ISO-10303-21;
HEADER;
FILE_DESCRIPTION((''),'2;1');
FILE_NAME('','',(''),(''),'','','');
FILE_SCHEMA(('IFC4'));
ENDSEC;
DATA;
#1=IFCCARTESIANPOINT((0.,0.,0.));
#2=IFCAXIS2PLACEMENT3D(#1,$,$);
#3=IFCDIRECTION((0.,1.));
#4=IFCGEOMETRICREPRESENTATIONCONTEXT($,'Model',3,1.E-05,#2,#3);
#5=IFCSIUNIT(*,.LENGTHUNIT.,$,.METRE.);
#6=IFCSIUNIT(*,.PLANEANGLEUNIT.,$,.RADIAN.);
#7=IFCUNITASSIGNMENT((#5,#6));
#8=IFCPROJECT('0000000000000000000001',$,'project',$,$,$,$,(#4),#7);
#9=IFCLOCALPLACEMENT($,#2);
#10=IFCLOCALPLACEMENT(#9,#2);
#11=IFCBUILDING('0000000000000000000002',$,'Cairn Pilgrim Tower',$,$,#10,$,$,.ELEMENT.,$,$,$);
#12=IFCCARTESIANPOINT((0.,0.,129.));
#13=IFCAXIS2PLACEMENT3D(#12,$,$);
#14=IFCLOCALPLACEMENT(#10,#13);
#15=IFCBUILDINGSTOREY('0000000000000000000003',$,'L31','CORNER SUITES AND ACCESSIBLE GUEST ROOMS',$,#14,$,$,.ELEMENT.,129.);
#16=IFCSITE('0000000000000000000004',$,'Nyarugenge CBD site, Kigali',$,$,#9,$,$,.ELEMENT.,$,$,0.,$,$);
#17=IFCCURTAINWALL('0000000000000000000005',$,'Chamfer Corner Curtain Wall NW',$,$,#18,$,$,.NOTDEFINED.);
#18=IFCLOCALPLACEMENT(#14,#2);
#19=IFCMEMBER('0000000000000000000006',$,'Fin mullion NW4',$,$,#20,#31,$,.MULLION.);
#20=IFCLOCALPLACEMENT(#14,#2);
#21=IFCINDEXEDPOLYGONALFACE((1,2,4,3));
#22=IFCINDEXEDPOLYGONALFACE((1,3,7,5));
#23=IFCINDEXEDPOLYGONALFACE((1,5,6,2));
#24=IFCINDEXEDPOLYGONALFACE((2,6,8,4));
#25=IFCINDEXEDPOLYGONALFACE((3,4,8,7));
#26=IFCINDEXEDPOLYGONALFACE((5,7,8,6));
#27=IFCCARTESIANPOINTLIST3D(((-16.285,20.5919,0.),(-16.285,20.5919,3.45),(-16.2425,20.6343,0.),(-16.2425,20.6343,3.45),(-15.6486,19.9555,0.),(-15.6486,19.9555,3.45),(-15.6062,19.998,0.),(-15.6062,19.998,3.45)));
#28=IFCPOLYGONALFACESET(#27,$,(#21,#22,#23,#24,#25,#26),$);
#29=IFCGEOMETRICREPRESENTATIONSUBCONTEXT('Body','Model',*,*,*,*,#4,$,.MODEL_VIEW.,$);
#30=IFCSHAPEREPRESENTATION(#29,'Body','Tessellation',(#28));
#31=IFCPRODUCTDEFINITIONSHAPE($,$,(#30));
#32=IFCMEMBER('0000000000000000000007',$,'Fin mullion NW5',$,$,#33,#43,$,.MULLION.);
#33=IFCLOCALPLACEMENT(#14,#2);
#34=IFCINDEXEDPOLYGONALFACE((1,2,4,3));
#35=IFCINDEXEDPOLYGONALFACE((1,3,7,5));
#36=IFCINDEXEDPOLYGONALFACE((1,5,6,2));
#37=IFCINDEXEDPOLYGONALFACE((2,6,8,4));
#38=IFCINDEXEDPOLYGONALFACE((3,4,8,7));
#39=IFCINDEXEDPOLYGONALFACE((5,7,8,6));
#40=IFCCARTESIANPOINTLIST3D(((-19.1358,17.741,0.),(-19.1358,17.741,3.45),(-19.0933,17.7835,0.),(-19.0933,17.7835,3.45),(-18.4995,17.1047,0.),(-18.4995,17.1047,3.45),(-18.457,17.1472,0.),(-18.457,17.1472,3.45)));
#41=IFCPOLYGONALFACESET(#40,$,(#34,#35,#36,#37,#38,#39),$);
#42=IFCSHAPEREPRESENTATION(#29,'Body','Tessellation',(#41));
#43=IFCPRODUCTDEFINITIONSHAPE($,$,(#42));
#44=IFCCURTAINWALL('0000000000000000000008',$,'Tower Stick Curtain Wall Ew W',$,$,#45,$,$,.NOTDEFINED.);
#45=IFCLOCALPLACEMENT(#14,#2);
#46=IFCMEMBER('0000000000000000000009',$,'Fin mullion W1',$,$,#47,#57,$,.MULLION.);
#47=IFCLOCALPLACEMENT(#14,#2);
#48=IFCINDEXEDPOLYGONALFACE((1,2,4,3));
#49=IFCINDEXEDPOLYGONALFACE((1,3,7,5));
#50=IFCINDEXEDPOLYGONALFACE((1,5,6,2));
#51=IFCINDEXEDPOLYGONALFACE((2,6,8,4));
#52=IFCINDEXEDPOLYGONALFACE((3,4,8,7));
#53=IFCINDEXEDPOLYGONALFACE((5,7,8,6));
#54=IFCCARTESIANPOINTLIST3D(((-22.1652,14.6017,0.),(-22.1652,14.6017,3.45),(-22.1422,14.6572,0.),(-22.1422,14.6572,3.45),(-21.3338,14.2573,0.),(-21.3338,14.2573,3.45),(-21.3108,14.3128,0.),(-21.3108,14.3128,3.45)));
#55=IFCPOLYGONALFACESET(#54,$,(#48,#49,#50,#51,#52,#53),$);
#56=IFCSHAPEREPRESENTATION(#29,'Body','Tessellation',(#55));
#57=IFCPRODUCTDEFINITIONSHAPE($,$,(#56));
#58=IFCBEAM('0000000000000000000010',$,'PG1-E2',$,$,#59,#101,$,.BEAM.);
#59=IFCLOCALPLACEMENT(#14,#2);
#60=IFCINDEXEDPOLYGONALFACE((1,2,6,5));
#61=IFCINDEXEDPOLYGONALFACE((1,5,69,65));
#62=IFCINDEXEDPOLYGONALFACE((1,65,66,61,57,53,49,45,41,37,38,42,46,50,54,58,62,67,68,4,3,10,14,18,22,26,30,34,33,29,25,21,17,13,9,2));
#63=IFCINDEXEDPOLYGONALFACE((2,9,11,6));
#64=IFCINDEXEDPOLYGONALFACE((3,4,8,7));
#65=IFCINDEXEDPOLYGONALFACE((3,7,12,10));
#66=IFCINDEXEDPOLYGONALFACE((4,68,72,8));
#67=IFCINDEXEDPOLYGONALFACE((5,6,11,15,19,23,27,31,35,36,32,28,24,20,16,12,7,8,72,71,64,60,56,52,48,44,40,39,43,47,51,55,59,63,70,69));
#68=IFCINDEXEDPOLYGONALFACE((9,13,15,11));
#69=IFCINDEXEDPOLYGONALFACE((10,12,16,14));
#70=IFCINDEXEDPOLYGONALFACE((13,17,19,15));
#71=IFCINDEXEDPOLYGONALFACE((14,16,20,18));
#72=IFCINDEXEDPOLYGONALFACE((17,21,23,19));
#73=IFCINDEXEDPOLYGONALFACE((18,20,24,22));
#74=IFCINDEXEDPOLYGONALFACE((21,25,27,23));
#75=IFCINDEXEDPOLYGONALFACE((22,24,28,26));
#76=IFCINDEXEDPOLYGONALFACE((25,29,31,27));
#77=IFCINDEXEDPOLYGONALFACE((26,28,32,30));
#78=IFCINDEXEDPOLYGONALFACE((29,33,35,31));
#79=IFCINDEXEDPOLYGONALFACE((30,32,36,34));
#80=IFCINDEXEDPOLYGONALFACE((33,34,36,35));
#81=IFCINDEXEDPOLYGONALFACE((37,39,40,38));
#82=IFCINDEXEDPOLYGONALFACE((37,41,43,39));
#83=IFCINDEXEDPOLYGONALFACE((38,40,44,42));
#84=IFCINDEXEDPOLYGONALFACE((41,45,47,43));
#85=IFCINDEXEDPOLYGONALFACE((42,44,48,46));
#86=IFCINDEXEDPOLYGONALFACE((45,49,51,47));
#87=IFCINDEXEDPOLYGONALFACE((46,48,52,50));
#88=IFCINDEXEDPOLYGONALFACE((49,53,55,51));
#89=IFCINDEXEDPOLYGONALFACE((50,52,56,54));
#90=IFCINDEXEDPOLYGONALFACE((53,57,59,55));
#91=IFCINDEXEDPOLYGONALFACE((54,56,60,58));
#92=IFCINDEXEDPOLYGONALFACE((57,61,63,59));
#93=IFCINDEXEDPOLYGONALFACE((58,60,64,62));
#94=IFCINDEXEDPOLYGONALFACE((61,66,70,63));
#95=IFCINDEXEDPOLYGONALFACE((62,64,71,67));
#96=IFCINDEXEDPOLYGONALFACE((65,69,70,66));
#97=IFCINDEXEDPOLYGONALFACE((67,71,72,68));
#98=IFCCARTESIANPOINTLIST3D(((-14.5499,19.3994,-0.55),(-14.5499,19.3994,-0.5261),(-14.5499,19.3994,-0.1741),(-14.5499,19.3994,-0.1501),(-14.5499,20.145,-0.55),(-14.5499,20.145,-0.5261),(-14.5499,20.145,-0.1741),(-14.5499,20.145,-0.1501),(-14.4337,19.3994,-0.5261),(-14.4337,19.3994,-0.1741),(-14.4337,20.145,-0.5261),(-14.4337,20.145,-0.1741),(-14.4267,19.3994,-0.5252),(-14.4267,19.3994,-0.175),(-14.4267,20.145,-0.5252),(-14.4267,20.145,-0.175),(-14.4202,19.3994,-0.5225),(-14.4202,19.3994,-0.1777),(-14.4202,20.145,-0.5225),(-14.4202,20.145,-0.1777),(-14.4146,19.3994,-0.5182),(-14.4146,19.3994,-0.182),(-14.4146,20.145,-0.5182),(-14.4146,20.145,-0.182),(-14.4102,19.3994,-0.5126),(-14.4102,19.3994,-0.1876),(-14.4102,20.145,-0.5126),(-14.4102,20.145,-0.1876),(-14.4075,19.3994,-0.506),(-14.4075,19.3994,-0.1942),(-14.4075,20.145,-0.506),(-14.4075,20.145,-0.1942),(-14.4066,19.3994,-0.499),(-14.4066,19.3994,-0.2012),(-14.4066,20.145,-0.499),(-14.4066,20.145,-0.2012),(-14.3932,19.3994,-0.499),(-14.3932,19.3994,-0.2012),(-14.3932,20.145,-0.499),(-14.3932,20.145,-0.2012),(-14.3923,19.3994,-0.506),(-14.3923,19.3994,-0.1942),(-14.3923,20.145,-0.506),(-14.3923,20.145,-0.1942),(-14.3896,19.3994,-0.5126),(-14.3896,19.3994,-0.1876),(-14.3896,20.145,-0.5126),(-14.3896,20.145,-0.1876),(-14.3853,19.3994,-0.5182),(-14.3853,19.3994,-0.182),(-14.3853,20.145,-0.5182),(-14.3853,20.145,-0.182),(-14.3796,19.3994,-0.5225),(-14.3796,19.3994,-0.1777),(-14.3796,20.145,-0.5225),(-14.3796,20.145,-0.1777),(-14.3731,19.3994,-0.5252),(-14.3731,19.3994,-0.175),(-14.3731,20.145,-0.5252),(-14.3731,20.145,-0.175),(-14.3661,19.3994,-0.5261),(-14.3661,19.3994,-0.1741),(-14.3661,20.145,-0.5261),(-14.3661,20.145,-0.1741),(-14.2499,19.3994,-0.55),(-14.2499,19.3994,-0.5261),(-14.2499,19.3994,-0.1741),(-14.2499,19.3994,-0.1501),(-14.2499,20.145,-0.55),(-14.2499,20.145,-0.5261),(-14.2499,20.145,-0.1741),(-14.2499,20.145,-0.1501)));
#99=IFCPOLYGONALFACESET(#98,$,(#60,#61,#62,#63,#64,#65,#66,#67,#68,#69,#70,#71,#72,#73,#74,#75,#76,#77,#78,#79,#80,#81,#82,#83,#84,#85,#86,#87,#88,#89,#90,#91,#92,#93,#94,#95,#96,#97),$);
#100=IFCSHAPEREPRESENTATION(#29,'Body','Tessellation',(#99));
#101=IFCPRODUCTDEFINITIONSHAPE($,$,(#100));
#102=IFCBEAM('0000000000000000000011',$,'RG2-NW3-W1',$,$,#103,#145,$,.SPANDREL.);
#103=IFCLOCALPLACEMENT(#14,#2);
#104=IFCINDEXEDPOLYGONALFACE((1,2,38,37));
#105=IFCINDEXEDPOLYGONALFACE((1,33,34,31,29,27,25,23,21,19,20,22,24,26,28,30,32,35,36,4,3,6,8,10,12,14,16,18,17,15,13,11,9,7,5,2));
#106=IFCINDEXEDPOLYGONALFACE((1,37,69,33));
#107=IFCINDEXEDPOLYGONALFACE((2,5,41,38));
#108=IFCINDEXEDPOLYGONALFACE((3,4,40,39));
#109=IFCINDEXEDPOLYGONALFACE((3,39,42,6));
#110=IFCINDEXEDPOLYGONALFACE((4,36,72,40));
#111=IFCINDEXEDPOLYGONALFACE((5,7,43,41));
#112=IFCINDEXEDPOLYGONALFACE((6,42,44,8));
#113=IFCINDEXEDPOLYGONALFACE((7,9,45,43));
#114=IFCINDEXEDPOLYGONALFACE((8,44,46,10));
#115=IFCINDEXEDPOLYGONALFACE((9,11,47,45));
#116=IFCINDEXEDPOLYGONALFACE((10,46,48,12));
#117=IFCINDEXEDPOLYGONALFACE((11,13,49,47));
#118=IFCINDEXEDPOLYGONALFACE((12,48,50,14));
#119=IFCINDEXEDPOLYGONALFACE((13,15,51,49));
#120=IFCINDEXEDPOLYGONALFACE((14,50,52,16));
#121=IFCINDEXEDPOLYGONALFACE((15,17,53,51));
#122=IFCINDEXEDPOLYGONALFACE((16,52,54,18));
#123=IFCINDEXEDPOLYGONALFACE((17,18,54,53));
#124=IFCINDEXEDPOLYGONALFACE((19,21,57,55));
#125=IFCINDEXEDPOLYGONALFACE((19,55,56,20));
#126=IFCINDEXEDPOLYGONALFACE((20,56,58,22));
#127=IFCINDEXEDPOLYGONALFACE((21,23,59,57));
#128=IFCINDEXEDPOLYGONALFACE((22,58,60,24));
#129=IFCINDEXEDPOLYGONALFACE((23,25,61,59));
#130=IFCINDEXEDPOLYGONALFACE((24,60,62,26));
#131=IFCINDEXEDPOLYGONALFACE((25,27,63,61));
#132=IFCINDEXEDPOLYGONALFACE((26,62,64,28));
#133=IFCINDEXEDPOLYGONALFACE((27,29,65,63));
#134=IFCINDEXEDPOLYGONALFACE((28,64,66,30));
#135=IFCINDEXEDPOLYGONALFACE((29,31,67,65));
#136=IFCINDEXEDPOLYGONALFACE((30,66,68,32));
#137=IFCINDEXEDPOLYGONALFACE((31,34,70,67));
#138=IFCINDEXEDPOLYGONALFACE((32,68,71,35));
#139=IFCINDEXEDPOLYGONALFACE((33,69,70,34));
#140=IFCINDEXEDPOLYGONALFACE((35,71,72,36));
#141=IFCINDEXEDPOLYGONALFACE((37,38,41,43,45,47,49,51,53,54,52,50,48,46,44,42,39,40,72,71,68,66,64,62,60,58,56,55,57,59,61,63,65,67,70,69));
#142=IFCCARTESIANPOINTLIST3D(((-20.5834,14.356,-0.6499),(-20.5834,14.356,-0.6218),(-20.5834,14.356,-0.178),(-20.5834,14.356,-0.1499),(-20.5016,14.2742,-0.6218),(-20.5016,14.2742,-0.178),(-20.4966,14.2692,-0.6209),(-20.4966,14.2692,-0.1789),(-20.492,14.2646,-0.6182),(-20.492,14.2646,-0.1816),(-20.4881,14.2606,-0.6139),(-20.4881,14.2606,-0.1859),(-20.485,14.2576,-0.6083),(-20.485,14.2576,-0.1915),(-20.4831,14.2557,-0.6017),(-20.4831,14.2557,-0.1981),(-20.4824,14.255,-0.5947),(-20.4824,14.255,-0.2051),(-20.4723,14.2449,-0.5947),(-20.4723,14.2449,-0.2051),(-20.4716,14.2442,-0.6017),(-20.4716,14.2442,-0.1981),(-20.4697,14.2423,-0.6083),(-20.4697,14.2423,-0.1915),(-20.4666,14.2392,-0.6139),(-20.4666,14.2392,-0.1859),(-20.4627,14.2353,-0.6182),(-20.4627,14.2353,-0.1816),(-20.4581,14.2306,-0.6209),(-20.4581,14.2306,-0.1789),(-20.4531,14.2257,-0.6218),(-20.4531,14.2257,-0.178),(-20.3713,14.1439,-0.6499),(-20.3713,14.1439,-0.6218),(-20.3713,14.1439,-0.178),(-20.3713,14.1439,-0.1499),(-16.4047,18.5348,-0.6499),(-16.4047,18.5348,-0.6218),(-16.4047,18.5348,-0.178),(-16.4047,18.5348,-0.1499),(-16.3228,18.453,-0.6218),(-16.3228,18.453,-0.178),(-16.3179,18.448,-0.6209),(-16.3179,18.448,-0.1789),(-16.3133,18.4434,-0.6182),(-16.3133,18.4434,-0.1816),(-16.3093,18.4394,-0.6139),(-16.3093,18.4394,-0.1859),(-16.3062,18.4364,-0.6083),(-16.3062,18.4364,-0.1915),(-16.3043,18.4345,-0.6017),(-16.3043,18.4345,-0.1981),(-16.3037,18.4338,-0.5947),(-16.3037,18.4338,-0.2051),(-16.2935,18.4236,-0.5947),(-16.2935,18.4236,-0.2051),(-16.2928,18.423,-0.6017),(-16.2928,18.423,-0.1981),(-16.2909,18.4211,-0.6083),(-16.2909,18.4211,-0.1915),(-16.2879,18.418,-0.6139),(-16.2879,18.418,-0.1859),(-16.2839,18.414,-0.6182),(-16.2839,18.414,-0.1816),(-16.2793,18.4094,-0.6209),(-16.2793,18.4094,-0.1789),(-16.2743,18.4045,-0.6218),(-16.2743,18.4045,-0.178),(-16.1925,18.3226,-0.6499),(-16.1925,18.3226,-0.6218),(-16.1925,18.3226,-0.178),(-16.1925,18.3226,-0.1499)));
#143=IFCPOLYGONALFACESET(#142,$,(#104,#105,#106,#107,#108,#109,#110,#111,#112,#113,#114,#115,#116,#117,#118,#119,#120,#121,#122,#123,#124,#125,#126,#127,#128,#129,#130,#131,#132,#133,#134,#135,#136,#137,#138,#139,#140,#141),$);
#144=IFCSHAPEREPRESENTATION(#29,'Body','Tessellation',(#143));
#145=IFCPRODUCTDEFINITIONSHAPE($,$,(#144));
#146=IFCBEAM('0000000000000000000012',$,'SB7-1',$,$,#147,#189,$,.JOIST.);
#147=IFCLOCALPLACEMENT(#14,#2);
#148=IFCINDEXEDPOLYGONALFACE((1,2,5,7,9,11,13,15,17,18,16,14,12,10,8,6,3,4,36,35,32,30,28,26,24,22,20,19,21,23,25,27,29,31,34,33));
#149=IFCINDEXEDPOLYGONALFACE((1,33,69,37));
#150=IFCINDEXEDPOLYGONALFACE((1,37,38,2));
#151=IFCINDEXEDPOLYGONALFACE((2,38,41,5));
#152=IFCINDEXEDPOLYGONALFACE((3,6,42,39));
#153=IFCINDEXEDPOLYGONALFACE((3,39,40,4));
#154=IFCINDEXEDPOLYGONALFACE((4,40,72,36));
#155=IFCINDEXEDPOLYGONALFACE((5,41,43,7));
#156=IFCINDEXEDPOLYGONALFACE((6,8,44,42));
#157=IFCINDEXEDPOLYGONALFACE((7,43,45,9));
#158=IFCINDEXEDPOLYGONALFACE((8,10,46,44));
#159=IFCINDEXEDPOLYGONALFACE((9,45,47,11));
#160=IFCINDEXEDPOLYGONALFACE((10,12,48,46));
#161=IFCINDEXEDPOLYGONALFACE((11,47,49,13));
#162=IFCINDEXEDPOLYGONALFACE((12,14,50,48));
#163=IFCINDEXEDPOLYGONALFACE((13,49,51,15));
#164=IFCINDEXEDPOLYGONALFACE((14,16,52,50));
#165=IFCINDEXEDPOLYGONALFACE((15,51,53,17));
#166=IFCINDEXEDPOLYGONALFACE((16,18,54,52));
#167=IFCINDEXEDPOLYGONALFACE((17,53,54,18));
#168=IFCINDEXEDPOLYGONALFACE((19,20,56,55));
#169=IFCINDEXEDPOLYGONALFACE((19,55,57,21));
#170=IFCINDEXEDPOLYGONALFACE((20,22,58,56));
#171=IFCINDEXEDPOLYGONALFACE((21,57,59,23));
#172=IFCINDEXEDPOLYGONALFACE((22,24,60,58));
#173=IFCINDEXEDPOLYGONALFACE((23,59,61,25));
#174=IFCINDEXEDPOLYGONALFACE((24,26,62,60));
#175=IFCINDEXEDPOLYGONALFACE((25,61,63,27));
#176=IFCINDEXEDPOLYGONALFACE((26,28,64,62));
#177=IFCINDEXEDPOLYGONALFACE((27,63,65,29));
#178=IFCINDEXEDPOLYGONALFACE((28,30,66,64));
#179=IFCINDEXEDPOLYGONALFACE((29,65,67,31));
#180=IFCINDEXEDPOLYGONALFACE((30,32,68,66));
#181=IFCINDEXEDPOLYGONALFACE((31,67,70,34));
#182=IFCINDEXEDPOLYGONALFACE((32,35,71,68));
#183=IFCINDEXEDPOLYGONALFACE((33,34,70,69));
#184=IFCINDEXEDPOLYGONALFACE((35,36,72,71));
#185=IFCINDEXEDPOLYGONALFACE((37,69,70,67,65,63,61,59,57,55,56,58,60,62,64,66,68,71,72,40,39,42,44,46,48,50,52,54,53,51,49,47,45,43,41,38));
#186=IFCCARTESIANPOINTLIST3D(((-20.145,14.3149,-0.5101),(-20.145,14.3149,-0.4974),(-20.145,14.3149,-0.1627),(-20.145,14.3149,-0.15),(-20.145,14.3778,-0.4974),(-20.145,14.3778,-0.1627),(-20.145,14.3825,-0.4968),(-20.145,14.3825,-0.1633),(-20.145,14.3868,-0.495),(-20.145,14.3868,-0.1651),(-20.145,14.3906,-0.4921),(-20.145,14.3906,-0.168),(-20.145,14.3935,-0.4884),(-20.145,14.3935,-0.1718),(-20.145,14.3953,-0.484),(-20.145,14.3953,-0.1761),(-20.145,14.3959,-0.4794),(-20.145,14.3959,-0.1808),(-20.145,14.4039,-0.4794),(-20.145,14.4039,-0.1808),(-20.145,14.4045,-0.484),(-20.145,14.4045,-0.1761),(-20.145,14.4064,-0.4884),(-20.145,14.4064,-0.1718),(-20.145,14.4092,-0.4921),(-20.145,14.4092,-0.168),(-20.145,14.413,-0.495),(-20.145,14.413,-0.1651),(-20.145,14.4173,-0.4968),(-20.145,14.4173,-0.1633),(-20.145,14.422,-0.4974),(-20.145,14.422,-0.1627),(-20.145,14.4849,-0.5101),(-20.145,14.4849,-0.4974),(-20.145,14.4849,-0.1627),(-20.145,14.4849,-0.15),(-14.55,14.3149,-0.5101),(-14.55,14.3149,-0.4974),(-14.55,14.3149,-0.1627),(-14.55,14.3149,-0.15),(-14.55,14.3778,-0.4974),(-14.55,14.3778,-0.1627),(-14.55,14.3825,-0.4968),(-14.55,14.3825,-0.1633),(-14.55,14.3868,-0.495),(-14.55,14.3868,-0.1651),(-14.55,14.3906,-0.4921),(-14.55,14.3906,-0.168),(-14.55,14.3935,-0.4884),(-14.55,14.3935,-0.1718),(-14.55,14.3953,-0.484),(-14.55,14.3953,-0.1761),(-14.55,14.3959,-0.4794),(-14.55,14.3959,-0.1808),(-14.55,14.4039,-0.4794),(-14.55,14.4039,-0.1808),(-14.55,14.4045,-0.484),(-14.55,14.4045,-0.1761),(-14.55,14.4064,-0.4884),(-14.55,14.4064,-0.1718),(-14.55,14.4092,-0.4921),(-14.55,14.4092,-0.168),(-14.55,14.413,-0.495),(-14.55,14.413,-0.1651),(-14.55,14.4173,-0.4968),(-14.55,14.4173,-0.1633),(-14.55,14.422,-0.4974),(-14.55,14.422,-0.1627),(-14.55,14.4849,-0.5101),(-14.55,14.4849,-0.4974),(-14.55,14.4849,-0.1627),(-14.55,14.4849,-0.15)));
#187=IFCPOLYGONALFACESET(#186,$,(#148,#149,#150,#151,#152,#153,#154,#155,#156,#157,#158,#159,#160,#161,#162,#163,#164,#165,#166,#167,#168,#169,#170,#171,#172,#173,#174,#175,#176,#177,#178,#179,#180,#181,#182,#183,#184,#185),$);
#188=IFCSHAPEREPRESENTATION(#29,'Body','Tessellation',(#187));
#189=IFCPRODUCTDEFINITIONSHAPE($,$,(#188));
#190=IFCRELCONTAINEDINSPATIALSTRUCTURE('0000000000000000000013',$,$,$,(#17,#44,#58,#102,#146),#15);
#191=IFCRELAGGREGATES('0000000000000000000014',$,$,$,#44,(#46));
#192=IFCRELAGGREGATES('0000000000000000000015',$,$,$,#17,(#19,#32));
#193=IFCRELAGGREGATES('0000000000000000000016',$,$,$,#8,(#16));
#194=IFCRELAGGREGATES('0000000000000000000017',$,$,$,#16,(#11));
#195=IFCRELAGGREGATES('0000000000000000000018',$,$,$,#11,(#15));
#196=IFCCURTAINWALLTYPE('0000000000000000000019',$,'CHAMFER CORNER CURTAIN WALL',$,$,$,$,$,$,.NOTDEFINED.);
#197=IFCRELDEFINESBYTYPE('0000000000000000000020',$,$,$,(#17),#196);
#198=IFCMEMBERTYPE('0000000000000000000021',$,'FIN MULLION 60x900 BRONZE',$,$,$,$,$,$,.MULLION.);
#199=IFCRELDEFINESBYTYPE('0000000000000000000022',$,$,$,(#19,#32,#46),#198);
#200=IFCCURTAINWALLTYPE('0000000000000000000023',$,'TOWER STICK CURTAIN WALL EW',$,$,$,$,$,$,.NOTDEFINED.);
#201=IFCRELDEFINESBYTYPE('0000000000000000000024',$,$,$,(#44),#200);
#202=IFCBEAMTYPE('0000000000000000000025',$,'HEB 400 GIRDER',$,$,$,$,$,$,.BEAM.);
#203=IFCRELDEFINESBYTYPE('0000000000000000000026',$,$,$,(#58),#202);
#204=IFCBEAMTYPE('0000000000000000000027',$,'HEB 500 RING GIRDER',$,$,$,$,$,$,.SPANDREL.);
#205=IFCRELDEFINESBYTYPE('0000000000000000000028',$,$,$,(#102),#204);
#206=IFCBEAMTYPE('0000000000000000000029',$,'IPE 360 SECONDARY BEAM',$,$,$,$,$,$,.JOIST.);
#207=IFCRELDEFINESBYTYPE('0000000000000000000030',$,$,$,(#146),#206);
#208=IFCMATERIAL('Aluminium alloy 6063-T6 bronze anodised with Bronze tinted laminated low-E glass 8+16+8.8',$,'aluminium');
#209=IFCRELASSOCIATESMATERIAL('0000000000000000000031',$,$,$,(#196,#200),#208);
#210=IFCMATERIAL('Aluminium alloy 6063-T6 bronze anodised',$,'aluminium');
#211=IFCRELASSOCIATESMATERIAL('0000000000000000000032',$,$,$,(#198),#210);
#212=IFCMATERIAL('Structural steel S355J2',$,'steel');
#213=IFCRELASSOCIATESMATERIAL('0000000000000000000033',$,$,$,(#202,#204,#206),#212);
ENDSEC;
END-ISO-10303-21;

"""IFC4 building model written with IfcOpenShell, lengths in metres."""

from ifc_helpers import new_model, si_unit, direction, frame, origin, origin_2d, place, context, subcontext, project, spatial, rectangle, i_section, extrude, material, material_profile, profile_set, type_object, element, aggregate, save


model = new_model("IFC4")

# Units and contexts
model_context = context("Model", 3, precision=1e-05, world=origin(), true_north=direction((0.0, 1.0)))
body_context = subcontext(model_context, "Body", "Model", "MODEL_VIEW")
ifc_project = project(units=[si_unit("LENGTHUNIT", "METRE"), si_unit("PLANEANGLEUNIT", "RADIAN")], contexts=[model_context])

# Site, building, storey
site_placement = place(None, origin())
site = spatial("IfcSite", under=ifc_project, at=site_placement, Name="Nyarugenge CBD site, Kigali", CompositionType="ELEMENT", RefElevation=0.0)
building_placement = place(site_placement, origin())
building = spatial("IfcBuilding", under=site, at=building_placement, Name="Cairn Pilgrim Tower", CompositionType="ELEMENT")
storey_placement = place(building_placement, frame((0.0, 0.0, 129.0)))
storey = spatial("IfcBuildingStorey", under=building, at=storey_placement, Name="L31", Description="CORNER SUITES AND ACCESSIBLE GUEST ROOMS", CompositionType="ELEMENT", Elevation=129.0)

# Shared definitions
ifc_material_1 = material(Name="Structural steel S355J2", Category="steel")

# Curtain wall, members
ifc_material_2 = material(Name="Aluminium alloy 6063-T6 bronze anodised with Bronze tinted laminated low-E glass 8+16+8.8", Category="aluminium")
curtain_wall_type_1 = type_object("IfcCurtainWallType", Name="CHAMFER CORNER CURTAIN WALL", PredefinedType="NOTDEFINED", material=ifc_material_2)
curtain_wall_1_placement = place(storey_placement, origin())
curtain_wall_1 = element("IfcCurtainWall", 1, at=curtain_wall_1_placement, inside=storey, type_object=curtain_wall_type_1, Name="Chamfer Corner Curtain Wall NW", PredefinedType="NOTDEFINED")
ifc_material_3 = material(Name="Aluminium alloy 6063-T6 bronze anodised", Category="aluminium")
ifc_material_profile_1 = material_profile(ifc_material_3, rectangle(XDim=0.8999, YDim=0.0601, at=origin_2d()), Name="FIN MULLION 60x900 BRONZE")
ifc_profile_set_1 = profile_set([ifc_material_profile_1], Name="Aluminium alloy 6063-T6 bronze anodised")
member_type_1 = type_object("IfcMemberType", Name="FIN MULLION 60x900 BRONZE", PredefinedType="MULLION", material=ifc_profile_set_1)
member_1_placement = place(storey_placement, frame((-15.9456, 20.2949, 0.0), z_axis=(0.0, 0.0, 1.0), x_axis=(-0.707107, 0.707107, 0.0)))
member_1 = element("IfcMember", 2, at=member_1_placement, type_object=member_type_1, Name="Fin mullion NW4", PredefinedType="MULLION", context=body_context, shape_type="SweptSolid", body=[
    extrude(rectangle(XDim=0.8999, YDim=0.0601, at=origin_2d()), origin(), (0.0, 0.0, 1.0), 3.45),
])
member_2_placement = place(storey_placement, frame((-18.7964, 17.4441, 0.0), z_axis=(0.0, 0.0, 1.0), x_axis=(-0.707107, 0.707107, 0.0)))
member_2 = element("IfcMember", 3, at=member_2_placement, type_object=member_type_1, Name="Fin mullion NW5", PredefinedType="MULLION", context=body_context, shape_type="SweptSolid", body=[
    extrude(rectangle(XDim=0.8999, YDim=0.0601, at=origin_2d()), origin(), (0.0, 0.0, 1.0), 3.45),
])

# Curtain wall, member
curtain_wall_type_2 = type_object("IfcCurtainWallType", Name="TOWER STICK CURTAIN WALL EW", PredefinedType="NOTDEFINED", material=ifc_material_2)
curtain_wall_2_placement = place(storey_placement, origin())
curtain_wall_2 = element("IfcCurtainWall", 4, at=curtain_wall_2_placement, inside=storey, type_object=curtain_wall_type_2, Name="Tower Stick Curtain Wall Ew W", PredefinedType="NOTDEFINED")
member_3_placement = place(storey_placement, frame((-21.738, 14.4573, 0.0), z_axis=(0.0, 0.0, 1.0), x_axis=(-0.92388, 0.382683, 0.0)))
member_3 = element("IfcMember", 5, at=member_3_placement, type_object=member_type_1, Name="Fin mullion W1", PredefinedType="MULLION", context=body_context, shape_type="SweptSolid", body=[
    extrude(rectangle(XDim=0.8999, YDim=0.0601, at=origin_2d()), origin(), (0.0, 0.0, 1.0), 3.45),
])
aggregate(curtain_wall_2, [member_3])

# Beams
ifc_material_profile_2 = material_profile(ifc_material_1, i_section(OverallWidth=0.3, OverallDepth=0.3999, WebThickness=0.0134, FlangeThickness=0.0239, FilletRadius=0.0271, at=origin_2d()), Name="HEB 400")
ifc_profile_set_2 = profile_set([ifc_material_profile_2], Name="Structural steel S355J2")
beam_type_1 = type_object("IfcBeamType", Name="HEB 400 GIRDER", PredefinedType="BEAM", material=ifc_profile_set_2)
beam_1_placement = place(storey_placement, frame((-14.3999, 19.3994, -0.3501), z_axis=(0.0, 1.0, 0.0), x_axis=(-1.0, 0.0, 0.0)))
element("IfcBeam", 6, at=beam_1_placement, inside=storey, type_object=beam_type_1, Name="PG1-E2", PredefinedType="BEAM", context=body_context, shape_type="SweptSolid", body=[
    extrude(i_section(OverallWidth=0.3, OverallDepth=0.3999, WebThickness=0.0134, FlangeThickness=0.0239, FilletRadius=0.0271, at=origin_2d()), origin(), (0.0, 0.0, 1.0), 0.7456),
])
ifc_material_profile_3 = material_profile(ifc_material_1, i_section(OverallWidth=0.3, OverallDepth=0.5, WebThickness=0.0144, FlangeThickness=0.0281, FilletRadius=0.0271, at=origin_2d()), Name="HEB 500")
ifc_profile_set_3 = profile_set([ifc_material_profile_3], Name="Structural steel S355J2")
beam_type_2 = type_object("IfcBeamType", Name="HEB 500 RING GIRDER", PredefinedType="SPANDREL", material=ifc_profile_set_3)
beam_2_placement = place(storey_placement, frame((-16.2986, 18.4287, -0.3999), z_axis=(-0.707107, -0.707107, 0.0), x_axis=(0.707107, -0.707107, 0.0)))
element("IfcBeam", 7, at=beam_2_placement, inside=storey, type_object=beam_type_2, Name="RG2-NW3-W1", PredefinedType="SPANDREL", context=body_context, shape_type="SweptSolid", body=[
    extrude(i_section(OverallWidth=0.3, OverallDepth=0.5, WebThickness=0.0144, FlangeThickness=0.0281, FilletRadius=0.0271, at=origin_2d()), origin(), (0.0, 0.0, 1.0), 5.9097),
])
ifc_material_profile_4 = material_profile(ifc_material_1, i_section(OverallWidth=0.1699, OverallDepth=0.3601, WebThickness=0.0081, FlangeThickness=0.0127, FilletRadius=0.0181, at=origin_2d()), Name="IPE 360")
ifc_profile_set_4 = profile_set([ifc_material_profile_4], Name="Structural steel S355J2")
beam_type_3 = type_object("IfcBeamType", Name="IPE 360 SECONDARY BEAM", PredefinedType="JOIST", material=ifc_profile_set_4)
beam_3_placement = place(storey_placement, frame((-20.145, 14.3999, -0.3301), z_axis=(1.0, 0.0, 0.0), x_axis=(0.0, 1.0, 0.0)))
element("IfcBeam", 8, at=beam_3_placement, inside=storey, type_object=beam_type_3, Name="SB7-1", PredefinedType="JOIST", context=body_context, shape_type="SweptSolid", body=[
    extrude(i_section(OverallWidth=0.1699, OverallDepth=0.3601, WebThickness=0.0081, FlangeThickness=0.0127, FilletRadius=0.0181, at=origin_2d()), origin(), (0.0, 0.0, 1.0), 5.595),
])

aggregate(curtain_wall_1, [member_1, member_2])

save(model, "model.ifc")
